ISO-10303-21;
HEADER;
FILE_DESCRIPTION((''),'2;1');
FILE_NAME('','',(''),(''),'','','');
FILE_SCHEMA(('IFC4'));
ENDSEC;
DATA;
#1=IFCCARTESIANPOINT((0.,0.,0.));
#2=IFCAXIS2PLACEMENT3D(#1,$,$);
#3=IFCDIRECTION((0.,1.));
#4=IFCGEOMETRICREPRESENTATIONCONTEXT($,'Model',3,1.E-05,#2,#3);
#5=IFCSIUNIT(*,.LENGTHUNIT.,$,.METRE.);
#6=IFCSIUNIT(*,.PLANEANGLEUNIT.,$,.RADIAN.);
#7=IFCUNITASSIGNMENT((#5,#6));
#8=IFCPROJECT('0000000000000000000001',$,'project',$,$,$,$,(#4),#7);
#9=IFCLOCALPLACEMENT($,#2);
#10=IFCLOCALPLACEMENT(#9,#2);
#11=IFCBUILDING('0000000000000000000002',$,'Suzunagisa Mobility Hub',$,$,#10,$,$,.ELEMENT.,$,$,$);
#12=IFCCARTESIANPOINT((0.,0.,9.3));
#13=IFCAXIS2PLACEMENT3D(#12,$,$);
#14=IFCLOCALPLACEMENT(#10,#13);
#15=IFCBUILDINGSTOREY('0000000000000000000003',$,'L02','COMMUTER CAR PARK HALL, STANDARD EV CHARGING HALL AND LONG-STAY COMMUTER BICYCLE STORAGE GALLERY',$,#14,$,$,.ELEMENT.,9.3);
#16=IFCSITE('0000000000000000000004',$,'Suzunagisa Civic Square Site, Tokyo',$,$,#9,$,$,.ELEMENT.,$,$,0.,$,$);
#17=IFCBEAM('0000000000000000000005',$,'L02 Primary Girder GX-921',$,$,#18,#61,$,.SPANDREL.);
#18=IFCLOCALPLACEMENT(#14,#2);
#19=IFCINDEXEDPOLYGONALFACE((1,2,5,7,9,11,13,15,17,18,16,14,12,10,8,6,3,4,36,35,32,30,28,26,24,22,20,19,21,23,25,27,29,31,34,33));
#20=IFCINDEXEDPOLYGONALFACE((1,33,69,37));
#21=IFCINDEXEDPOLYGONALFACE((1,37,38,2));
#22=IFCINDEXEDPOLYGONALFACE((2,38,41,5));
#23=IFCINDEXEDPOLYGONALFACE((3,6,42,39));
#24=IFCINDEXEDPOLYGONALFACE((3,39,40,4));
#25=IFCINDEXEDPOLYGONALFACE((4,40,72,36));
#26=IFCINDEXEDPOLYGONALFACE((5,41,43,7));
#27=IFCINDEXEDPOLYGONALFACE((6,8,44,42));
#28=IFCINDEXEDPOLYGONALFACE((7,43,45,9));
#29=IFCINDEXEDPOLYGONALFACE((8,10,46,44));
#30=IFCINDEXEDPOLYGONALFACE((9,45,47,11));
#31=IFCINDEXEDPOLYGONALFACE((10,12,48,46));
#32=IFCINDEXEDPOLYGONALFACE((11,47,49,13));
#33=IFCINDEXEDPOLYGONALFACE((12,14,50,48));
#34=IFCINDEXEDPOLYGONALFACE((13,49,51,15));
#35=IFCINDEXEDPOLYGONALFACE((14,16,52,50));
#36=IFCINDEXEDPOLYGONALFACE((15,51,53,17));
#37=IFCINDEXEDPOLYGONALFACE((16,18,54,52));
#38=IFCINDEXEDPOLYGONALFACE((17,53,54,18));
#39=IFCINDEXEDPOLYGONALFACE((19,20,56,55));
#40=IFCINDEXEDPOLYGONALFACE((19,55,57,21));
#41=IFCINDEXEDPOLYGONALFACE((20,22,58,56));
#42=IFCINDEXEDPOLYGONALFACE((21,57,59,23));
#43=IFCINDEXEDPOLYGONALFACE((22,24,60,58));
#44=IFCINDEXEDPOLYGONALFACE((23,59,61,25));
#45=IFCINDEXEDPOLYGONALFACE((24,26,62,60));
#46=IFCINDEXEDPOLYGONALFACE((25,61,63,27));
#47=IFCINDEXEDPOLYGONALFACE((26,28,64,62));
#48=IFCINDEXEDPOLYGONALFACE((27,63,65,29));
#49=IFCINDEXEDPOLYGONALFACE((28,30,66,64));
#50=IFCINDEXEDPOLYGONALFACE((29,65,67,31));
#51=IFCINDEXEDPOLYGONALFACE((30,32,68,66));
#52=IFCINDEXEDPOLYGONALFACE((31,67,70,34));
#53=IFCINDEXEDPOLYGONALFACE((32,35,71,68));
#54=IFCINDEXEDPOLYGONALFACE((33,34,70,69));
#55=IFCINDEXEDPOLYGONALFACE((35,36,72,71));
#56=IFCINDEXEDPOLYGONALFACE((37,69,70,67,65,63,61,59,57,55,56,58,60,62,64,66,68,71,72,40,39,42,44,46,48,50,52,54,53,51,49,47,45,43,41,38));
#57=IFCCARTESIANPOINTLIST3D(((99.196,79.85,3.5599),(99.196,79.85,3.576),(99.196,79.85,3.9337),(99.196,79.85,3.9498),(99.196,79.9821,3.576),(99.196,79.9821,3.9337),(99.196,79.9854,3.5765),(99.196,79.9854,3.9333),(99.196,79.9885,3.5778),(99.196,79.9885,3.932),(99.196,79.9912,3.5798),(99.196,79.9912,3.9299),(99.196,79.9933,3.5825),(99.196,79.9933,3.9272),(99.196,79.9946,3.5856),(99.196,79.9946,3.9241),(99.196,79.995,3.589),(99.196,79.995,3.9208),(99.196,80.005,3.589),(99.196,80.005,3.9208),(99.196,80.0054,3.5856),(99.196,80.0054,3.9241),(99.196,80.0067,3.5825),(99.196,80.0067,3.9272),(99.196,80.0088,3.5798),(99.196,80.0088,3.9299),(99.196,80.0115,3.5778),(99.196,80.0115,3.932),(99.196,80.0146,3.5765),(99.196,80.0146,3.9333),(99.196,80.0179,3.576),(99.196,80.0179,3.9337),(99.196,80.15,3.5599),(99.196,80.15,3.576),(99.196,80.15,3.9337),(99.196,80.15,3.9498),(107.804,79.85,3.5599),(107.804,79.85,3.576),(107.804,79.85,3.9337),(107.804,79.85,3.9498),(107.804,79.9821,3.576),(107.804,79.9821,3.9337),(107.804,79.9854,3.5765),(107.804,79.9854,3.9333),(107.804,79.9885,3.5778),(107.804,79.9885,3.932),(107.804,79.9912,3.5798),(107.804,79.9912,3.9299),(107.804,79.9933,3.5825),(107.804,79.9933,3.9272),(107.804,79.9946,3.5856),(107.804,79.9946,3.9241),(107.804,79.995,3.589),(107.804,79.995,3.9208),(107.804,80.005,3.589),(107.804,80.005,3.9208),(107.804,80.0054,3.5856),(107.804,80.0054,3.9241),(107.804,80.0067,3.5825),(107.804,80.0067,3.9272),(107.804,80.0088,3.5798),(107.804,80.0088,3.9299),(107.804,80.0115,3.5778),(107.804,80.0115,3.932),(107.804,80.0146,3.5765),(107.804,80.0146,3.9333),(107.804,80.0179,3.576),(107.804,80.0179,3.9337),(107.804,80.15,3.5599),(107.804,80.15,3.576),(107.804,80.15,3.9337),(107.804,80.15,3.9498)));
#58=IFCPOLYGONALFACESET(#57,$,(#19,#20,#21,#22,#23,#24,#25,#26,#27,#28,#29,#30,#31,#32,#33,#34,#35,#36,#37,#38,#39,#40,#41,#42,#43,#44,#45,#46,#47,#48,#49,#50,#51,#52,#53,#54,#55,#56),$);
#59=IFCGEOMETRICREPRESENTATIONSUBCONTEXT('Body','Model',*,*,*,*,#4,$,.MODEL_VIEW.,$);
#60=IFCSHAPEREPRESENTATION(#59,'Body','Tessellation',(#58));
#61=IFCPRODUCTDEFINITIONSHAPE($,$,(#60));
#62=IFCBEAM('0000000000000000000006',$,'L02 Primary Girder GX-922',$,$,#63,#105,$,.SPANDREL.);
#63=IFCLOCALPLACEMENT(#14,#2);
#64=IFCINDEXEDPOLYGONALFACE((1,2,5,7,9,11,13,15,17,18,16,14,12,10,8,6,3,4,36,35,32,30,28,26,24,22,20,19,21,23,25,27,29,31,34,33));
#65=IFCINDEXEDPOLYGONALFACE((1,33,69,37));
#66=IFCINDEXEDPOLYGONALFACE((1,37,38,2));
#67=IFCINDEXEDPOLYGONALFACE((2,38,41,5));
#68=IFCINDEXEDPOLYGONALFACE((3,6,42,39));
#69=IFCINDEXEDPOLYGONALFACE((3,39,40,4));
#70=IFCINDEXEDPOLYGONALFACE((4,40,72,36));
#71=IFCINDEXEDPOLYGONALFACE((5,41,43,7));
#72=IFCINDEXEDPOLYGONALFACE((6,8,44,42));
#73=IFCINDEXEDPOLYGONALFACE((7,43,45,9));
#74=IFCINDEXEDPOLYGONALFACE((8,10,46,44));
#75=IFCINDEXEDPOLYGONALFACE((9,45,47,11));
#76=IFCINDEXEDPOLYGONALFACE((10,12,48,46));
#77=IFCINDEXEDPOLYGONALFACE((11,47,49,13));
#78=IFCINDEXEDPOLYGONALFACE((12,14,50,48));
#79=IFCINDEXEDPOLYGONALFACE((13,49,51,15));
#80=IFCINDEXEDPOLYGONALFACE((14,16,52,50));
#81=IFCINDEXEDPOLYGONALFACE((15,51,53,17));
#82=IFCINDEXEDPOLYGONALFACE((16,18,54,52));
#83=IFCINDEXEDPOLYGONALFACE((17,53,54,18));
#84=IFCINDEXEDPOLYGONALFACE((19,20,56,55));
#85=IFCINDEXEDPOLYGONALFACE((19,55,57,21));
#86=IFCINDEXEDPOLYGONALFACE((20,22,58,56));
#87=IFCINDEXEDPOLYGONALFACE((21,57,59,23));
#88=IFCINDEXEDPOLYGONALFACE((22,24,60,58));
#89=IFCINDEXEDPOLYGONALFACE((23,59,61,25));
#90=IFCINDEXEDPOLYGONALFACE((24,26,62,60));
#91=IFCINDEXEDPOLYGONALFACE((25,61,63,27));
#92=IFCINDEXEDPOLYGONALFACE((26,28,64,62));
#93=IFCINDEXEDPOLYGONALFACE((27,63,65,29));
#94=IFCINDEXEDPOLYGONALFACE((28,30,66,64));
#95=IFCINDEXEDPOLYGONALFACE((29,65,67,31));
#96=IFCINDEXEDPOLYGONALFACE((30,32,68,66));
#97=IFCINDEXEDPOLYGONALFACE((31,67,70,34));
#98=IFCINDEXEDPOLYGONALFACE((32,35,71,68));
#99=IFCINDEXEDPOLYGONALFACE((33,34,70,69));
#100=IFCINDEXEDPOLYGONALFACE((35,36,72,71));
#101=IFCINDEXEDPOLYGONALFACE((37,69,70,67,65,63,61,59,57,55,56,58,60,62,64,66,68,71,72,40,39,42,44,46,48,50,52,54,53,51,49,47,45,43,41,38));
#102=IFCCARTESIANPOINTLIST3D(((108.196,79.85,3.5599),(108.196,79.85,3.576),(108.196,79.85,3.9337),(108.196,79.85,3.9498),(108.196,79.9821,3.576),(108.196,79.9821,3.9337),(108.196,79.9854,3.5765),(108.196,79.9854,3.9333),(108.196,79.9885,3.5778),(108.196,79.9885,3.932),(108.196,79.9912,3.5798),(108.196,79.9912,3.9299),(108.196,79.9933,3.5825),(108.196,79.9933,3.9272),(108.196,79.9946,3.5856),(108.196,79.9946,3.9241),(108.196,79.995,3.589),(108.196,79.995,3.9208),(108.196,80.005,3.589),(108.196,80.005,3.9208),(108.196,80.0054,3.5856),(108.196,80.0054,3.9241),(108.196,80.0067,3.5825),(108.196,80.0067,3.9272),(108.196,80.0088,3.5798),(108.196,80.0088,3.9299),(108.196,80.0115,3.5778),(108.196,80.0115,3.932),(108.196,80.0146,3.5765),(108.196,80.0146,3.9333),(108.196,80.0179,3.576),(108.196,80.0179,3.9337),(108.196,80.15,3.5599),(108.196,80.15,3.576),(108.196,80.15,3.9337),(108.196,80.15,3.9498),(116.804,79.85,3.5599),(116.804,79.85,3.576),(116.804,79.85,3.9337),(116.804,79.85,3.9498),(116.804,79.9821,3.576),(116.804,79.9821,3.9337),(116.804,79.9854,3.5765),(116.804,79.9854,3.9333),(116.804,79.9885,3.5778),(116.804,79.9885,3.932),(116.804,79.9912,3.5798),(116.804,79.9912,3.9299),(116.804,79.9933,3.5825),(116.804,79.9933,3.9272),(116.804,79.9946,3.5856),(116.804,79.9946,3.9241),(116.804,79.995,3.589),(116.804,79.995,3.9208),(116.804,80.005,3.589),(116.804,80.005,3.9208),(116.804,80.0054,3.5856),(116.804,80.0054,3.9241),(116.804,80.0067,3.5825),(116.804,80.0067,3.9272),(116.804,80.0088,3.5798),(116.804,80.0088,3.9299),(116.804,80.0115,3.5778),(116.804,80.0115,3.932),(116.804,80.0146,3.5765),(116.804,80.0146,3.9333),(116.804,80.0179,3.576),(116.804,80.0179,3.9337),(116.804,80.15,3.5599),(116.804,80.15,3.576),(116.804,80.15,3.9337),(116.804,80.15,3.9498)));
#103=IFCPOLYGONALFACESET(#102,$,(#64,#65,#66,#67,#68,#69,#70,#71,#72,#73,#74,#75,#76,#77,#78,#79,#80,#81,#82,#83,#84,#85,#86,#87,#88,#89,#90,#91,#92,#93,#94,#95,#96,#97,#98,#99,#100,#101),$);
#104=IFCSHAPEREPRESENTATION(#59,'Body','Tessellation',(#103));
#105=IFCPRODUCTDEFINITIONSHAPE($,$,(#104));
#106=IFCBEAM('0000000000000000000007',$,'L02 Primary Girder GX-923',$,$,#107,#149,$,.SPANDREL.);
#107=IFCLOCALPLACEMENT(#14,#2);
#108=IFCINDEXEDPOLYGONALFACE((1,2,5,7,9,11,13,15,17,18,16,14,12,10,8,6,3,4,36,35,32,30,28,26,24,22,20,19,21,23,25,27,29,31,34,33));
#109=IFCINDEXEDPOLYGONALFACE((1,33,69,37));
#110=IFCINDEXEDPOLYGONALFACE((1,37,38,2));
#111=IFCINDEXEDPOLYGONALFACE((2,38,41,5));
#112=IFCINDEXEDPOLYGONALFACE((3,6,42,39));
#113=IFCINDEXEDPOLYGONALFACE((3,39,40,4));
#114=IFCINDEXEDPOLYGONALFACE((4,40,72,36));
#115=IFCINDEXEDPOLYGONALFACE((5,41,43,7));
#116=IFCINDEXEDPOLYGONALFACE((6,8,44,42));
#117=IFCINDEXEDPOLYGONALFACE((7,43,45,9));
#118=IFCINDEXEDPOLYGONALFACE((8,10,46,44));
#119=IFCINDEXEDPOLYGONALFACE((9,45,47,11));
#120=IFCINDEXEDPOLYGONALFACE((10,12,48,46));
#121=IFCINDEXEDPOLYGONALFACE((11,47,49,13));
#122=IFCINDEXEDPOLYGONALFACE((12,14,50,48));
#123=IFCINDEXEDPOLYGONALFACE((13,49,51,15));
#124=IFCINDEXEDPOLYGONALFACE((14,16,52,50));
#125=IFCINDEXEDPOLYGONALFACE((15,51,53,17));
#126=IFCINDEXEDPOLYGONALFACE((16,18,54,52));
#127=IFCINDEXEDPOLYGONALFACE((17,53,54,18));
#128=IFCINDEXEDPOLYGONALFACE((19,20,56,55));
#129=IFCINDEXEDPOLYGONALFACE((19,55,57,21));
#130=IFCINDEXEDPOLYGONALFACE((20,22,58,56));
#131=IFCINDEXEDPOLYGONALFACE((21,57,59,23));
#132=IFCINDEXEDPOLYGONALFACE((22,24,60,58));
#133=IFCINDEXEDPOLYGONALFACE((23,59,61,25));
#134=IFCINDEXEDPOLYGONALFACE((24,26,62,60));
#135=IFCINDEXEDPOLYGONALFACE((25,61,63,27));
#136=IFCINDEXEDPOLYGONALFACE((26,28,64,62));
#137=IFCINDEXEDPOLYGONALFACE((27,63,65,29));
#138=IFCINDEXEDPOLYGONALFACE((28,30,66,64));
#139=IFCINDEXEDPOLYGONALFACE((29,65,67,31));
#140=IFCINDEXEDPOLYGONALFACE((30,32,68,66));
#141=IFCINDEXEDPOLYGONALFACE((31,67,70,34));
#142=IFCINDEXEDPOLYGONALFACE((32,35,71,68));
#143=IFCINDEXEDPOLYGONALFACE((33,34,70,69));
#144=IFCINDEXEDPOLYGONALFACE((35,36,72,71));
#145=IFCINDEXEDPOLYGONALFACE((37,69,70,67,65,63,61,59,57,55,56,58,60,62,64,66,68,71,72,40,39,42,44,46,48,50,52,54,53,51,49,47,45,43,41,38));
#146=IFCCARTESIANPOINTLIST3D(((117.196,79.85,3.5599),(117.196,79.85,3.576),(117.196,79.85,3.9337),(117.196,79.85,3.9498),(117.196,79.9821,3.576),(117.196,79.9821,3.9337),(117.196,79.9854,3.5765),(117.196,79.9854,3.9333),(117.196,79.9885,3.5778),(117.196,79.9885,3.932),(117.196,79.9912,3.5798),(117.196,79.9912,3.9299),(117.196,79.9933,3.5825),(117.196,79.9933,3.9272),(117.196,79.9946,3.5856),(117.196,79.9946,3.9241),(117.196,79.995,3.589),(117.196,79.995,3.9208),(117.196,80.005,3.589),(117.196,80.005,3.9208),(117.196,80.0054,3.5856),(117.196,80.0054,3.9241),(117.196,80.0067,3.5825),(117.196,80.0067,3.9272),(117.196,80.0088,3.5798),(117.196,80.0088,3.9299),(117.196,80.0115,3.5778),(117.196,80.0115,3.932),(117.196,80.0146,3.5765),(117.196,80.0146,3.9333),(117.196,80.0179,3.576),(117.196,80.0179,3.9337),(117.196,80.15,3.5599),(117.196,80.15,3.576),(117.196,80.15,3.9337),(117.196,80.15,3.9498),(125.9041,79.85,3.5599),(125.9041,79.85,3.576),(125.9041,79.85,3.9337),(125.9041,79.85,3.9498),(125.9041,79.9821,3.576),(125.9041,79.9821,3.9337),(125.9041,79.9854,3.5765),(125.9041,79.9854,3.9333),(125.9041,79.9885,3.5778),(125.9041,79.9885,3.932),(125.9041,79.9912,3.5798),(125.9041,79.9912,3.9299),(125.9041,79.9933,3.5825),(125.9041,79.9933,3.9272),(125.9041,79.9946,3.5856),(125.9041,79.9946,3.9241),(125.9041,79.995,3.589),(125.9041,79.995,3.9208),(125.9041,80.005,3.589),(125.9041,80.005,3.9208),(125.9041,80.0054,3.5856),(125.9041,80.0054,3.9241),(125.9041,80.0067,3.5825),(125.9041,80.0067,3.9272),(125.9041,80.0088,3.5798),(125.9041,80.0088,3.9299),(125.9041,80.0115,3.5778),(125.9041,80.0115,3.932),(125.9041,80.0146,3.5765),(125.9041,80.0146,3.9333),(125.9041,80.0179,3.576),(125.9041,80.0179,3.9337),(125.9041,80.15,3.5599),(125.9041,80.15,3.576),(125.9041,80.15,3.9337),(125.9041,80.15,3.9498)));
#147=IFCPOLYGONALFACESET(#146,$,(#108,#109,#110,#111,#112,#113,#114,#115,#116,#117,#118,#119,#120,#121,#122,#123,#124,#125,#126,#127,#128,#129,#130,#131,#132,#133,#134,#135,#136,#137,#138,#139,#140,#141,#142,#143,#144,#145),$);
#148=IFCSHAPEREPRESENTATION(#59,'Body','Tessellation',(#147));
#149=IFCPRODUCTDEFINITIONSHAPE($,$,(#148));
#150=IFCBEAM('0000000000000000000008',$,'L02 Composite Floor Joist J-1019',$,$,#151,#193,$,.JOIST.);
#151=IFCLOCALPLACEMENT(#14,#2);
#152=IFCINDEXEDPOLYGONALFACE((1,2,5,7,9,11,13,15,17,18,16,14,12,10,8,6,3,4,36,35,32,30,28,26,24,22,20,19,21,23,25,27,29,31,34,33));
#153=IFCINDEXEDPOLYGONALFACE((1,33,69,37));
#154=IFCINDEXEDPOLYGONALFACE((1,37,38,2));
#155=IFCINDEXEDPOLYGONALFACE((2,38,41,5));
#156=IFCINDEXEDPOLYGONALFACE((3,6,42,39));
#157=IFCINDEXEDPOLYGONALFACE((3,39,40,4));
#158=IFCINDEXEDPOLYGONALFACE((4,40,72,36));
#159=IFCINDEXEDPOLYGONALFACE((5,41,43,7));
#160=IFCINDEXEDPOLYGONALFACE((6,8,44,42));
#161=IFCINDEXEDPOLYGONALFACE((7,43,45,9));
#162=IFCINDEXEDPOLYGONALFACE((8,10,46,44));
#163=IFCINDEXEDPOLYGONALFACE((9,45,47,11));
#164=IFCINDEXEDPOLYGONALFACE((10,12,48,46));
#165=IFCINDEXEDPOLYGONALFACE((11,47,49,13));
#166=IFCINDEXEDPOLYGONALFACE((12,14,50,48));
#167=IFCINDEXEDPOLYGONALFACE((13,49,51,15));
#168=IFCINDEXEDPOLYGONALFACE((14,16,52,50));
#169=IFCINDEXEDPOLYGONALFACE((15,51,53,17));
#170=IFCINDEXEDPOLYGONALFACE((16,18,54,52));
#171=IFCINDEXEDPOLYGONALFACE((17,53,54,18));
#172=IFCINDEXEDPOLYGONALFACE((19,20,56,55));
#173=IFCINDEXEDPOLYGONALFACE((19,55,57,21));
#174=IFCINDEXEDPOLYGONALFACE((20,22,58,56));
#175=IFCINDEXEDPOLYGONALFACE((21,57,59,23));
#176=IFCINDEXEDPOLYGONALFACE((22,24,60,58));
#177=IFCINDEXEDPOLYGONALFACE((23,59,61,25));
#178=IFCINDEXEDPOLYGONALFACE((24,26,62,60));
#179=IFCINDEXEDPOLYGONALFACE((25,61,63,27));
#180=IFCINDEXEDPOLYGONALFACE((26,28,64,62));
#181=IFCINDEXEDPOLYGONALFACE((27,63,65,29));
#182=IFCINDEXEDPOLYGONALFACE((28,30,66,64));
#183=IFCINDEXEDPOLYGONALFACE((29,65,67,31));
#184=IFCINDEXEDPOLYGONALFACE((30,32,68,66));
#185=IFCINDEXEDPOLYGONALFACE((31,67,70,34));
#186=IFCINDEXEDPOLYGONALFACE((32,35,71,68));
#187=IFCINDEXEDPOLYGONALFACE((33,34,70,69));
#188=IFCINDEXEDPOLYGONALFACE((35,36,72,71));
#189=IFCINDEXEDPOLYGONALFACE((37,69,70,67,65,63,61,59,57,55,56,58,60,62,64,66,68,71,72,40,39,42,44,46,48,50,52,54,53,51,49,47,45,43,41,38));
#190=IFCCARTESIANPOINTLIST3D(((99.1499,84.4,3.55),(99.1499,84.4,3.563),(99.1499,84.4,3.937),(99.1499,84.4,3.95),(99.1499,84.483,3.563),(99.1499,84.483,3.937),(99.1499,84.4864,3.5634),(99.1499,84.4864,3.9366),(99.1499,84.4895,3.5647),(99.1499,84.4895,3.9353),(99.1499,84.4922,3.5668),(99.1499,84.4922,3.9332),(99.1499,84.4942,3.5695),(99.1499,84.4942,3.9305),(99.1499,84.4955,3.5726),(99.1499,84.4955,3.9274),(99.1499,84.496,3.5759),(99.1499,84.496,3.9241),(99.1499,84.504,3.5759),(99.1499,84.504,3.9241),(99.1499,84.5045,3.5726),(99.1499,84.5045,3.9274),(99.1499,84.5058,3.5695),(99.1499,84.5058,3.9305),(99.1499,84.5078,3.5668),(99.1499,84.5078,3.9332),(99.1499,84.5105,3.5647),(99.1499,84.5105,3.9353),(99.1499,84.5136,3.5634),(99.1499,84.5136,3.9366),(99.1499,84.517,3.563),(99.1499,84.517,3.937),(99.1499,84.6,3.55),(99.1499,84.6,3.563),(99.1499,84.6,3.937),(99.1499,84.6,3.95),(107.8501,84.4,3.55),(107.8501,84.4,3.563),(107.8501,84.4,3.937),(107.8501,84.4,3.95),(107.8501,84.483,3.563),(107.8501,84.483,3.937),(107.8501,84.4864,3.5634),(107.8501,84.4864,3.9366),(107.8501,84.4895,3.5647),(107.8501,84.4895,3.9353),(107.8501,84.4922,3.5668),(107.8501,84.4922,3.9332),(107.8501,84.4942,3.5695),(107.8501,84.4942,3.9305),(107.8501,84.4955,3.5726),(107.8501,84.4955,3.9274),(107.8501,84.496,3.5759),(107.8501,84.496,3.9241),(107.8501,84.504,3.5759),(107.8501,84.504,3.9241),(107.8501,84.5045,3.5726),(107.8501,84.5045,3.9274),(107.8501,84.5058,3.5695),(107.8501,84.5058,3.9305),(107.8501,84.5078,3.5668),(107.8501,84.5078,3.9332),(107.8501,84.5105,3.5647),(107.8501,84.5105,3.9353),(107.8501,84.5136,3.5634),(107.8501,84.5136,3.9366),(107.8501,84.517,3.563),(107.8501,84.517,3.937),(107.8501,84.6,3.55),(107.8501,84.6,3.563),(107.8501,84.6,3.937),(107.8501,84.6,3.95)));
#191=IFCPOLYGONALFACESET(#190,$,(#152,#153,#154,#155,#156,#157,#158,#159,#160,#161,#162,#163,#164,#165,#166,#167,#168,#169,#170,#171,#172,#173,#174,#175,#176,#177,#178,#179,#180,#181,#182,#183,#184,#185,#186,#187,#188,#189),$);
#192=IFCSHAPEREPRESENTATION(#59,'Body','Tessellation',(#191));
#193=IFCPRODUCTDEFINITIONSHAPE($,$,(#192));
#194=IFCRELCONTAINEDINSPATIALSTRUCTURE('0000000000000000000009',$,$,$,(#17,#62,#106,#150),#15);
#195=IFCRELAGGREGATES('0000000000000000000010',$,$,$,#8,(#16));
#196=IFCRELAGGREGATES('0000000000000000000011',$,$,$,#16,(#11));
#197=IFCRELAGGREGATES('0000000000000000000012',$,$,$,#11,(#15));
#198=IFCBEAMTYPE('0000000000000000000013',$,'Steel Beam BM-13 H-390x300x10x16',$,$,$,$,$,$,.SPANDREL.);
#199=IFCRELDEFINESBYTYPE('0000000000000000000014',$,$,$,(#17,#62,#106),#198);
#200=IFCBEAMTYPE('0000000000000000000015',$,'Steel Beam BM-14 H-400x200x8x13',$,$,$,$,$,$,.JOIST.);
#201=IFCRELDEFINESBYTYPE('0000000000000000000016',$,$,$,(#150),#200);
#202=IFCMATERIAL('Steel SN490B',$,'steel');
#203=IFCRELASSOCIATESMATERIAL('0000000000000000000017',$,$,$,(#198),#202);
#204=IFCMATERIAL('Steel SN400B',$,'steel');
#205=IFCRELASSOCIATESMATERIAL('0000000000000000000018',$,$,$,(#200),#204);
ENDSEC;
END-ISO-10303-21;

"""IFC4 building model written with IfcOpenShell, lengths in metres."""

from ifc_helpers import new_model, si_unit, direction, frame, origin, origin_2d, place, context, subcontext, project, spatial, i_section, extrude, material, material_profile, profile_set, type_object, element, save


model = new_model("IFC4")

# Units and contexts
model_context = context("Model", 3, precision=1e-05, world=origin(), true_north=direction((0.0, 1.0)))
body_context = subcontext(model_context, "Body", "Model", "MODEL_VIEW")
ifc_project = project(units=[si_unit("LENGTHUNIT", "METRE"), si_unit("PLANEANGLEUNIT", "RADIAN")], contexts=[model_context])

# Site, building, storey
site_placement = place(None, origin())
site = spatial("IfcSite", under=ifc_project, at=site_placement, Name="Suzunagisa Civic Square Site, Tokyo", CompositionType="ELEMENT", RefElevation=0.0)
building_placement = place(site_placement, origin())
building = spatial("IfcBuilding", under=site, at=building_placement, Name="Suzunagisa Mobility Hub", CompositionType="ELEMENT")
storey_placement = place(building_placement, frame((0.0, 0.0, 9.3)))
storey = spatial("IfcBuildingStorey", under=building, at=storey_placement, Name="L02", Description="COMMUTER CAR PARK HALL, STANDARD EV CHARGING HALL AND LONG-STAY COMMUTER BICYCLE STORAGE GALLERY", CompositionType="ELEMENT", Elevation=9.3)

# Shared definitions
ifc_material_1 = material(Name="Steel SN490B", Category="steel")

# Beams
ifc_material_profile_1 = material_profile(ifc_material_1, i_section(OverallWidth=0.3, OverallDepth=0.3899, WebThickness=0.01, FlangeThickness=0.0161, FilletRadius=0.0129, at=origin_2d()), Name="H-390x300x10x16")
ifc_profile_set_1 = profile_set([ifc_material_profile_1], Name="Steel SN490B")
beam_type_1 = type_object("IfcBeamType", Name="Steel Beam BM-13 H-390x300x10x16", PredefinedType="SPANDREL", material=ifc_profile_set_1)
for number, where, z_axis, x_axis, name in (
    (1, (99.196, 80.0, 3.7549), (1.0, 0.0, 0.0), (0.0, 1.0, 0.0), "L02 Primary Girder GX-921"),
    (2, (108.196, 80.0, 3.7549), (1.0, 0.0, 0.0), (0.0, 1.0, 0.0), "L02 Primary Girder GX-922"),
):
    element("IfcBeam", number, at=place(storey_placement, frame(where, z_axis=z_axis, x_axis=x_axis)), inside=storey, type_object=beam_type_1, Name=name, PredefinedType="SPANDREL", context=body_context, shape_type="SweptSolid", body=[
        extrude(i_section(OverallWidth=0.3, OverallDepth=0.3899, WebThickness=0.01, FlangeThickness=0.0161, FilletRadius=0.0129, at=origin_2d()), origin(), (0.0, 0.0, 1.0), 8.6079),
    ])
beam_placement = place(storey_placement, frame((117.196, 80.0, 3.7549), z_axis=(1.0, 0.0, 0.0), x_axis=(0.0, 1.0, 0.0)))
element("IfcBeam", 3, at=beam_placement, inside=storey, type_object=beam_type_1, Name="L02 Primary Girder GX-923", PredefinedType="SPANDREL", context=body_context, shape_type="SweptSolid", body=[
    extrude(i_section(OverallWidth=0.3, OverallDepth=0.3899, WebThickness=0.01, FlangeThickness=0.0161, FilletRadius=0.0129, at=origin_2d()), origin(), (0.0, 0.0, 1.0), 8.708),
])
ifc_material_2 = material(Name="Steel SN400B", Category="steel")
ifc_material_profile_2 = material_profile(ifc_material_2, i_section(OverallWidth=0.2, OverallDepth=0.3999, WebThickness=0.0081, FlangeThickness=0.0129, FilletRadius=0.0129, at=origin_2d()), Name="H-400x200x8x13")
ifc_profile_set_2 = profile_set([ifc_material_profile_2], Name="Steel SN400B")
beam_type_2 = type_object("IfcBeamType", Name="Steel Beam BM-14 H-400x200x8x13", PredefinedType="JOIST", material=ifc_profile_set_2)
for number, where, z_axis, x_axis, name in (
    (4, (99.1499, 84.5, 3.75), (1.0, 0.0, 0.0), (0.0, 1.0, 0.0), "L02 Composite Floor Joist J-1019"),
):
    element("IfcBeam", number, at=place(storey_placement, frame(where, z_axis=z_axis, x_axis=x_axis)), inside=storey, type_object=beam_type_2, Name=name, PredefinedType="JOIST", context=body_context, shape_type="SweptSolid", body=[
        extrude(i_section(OverallWidth=0.2, OverallDepth=0.3999, WebThickness=0.0081, FlangeThickness=0.0129, FilletRadius=0.0129, at=origin_2d()), origin(), (0.0, 0.0, 1.0), 8.7002),
    ])

save(model, "model.ifc")
